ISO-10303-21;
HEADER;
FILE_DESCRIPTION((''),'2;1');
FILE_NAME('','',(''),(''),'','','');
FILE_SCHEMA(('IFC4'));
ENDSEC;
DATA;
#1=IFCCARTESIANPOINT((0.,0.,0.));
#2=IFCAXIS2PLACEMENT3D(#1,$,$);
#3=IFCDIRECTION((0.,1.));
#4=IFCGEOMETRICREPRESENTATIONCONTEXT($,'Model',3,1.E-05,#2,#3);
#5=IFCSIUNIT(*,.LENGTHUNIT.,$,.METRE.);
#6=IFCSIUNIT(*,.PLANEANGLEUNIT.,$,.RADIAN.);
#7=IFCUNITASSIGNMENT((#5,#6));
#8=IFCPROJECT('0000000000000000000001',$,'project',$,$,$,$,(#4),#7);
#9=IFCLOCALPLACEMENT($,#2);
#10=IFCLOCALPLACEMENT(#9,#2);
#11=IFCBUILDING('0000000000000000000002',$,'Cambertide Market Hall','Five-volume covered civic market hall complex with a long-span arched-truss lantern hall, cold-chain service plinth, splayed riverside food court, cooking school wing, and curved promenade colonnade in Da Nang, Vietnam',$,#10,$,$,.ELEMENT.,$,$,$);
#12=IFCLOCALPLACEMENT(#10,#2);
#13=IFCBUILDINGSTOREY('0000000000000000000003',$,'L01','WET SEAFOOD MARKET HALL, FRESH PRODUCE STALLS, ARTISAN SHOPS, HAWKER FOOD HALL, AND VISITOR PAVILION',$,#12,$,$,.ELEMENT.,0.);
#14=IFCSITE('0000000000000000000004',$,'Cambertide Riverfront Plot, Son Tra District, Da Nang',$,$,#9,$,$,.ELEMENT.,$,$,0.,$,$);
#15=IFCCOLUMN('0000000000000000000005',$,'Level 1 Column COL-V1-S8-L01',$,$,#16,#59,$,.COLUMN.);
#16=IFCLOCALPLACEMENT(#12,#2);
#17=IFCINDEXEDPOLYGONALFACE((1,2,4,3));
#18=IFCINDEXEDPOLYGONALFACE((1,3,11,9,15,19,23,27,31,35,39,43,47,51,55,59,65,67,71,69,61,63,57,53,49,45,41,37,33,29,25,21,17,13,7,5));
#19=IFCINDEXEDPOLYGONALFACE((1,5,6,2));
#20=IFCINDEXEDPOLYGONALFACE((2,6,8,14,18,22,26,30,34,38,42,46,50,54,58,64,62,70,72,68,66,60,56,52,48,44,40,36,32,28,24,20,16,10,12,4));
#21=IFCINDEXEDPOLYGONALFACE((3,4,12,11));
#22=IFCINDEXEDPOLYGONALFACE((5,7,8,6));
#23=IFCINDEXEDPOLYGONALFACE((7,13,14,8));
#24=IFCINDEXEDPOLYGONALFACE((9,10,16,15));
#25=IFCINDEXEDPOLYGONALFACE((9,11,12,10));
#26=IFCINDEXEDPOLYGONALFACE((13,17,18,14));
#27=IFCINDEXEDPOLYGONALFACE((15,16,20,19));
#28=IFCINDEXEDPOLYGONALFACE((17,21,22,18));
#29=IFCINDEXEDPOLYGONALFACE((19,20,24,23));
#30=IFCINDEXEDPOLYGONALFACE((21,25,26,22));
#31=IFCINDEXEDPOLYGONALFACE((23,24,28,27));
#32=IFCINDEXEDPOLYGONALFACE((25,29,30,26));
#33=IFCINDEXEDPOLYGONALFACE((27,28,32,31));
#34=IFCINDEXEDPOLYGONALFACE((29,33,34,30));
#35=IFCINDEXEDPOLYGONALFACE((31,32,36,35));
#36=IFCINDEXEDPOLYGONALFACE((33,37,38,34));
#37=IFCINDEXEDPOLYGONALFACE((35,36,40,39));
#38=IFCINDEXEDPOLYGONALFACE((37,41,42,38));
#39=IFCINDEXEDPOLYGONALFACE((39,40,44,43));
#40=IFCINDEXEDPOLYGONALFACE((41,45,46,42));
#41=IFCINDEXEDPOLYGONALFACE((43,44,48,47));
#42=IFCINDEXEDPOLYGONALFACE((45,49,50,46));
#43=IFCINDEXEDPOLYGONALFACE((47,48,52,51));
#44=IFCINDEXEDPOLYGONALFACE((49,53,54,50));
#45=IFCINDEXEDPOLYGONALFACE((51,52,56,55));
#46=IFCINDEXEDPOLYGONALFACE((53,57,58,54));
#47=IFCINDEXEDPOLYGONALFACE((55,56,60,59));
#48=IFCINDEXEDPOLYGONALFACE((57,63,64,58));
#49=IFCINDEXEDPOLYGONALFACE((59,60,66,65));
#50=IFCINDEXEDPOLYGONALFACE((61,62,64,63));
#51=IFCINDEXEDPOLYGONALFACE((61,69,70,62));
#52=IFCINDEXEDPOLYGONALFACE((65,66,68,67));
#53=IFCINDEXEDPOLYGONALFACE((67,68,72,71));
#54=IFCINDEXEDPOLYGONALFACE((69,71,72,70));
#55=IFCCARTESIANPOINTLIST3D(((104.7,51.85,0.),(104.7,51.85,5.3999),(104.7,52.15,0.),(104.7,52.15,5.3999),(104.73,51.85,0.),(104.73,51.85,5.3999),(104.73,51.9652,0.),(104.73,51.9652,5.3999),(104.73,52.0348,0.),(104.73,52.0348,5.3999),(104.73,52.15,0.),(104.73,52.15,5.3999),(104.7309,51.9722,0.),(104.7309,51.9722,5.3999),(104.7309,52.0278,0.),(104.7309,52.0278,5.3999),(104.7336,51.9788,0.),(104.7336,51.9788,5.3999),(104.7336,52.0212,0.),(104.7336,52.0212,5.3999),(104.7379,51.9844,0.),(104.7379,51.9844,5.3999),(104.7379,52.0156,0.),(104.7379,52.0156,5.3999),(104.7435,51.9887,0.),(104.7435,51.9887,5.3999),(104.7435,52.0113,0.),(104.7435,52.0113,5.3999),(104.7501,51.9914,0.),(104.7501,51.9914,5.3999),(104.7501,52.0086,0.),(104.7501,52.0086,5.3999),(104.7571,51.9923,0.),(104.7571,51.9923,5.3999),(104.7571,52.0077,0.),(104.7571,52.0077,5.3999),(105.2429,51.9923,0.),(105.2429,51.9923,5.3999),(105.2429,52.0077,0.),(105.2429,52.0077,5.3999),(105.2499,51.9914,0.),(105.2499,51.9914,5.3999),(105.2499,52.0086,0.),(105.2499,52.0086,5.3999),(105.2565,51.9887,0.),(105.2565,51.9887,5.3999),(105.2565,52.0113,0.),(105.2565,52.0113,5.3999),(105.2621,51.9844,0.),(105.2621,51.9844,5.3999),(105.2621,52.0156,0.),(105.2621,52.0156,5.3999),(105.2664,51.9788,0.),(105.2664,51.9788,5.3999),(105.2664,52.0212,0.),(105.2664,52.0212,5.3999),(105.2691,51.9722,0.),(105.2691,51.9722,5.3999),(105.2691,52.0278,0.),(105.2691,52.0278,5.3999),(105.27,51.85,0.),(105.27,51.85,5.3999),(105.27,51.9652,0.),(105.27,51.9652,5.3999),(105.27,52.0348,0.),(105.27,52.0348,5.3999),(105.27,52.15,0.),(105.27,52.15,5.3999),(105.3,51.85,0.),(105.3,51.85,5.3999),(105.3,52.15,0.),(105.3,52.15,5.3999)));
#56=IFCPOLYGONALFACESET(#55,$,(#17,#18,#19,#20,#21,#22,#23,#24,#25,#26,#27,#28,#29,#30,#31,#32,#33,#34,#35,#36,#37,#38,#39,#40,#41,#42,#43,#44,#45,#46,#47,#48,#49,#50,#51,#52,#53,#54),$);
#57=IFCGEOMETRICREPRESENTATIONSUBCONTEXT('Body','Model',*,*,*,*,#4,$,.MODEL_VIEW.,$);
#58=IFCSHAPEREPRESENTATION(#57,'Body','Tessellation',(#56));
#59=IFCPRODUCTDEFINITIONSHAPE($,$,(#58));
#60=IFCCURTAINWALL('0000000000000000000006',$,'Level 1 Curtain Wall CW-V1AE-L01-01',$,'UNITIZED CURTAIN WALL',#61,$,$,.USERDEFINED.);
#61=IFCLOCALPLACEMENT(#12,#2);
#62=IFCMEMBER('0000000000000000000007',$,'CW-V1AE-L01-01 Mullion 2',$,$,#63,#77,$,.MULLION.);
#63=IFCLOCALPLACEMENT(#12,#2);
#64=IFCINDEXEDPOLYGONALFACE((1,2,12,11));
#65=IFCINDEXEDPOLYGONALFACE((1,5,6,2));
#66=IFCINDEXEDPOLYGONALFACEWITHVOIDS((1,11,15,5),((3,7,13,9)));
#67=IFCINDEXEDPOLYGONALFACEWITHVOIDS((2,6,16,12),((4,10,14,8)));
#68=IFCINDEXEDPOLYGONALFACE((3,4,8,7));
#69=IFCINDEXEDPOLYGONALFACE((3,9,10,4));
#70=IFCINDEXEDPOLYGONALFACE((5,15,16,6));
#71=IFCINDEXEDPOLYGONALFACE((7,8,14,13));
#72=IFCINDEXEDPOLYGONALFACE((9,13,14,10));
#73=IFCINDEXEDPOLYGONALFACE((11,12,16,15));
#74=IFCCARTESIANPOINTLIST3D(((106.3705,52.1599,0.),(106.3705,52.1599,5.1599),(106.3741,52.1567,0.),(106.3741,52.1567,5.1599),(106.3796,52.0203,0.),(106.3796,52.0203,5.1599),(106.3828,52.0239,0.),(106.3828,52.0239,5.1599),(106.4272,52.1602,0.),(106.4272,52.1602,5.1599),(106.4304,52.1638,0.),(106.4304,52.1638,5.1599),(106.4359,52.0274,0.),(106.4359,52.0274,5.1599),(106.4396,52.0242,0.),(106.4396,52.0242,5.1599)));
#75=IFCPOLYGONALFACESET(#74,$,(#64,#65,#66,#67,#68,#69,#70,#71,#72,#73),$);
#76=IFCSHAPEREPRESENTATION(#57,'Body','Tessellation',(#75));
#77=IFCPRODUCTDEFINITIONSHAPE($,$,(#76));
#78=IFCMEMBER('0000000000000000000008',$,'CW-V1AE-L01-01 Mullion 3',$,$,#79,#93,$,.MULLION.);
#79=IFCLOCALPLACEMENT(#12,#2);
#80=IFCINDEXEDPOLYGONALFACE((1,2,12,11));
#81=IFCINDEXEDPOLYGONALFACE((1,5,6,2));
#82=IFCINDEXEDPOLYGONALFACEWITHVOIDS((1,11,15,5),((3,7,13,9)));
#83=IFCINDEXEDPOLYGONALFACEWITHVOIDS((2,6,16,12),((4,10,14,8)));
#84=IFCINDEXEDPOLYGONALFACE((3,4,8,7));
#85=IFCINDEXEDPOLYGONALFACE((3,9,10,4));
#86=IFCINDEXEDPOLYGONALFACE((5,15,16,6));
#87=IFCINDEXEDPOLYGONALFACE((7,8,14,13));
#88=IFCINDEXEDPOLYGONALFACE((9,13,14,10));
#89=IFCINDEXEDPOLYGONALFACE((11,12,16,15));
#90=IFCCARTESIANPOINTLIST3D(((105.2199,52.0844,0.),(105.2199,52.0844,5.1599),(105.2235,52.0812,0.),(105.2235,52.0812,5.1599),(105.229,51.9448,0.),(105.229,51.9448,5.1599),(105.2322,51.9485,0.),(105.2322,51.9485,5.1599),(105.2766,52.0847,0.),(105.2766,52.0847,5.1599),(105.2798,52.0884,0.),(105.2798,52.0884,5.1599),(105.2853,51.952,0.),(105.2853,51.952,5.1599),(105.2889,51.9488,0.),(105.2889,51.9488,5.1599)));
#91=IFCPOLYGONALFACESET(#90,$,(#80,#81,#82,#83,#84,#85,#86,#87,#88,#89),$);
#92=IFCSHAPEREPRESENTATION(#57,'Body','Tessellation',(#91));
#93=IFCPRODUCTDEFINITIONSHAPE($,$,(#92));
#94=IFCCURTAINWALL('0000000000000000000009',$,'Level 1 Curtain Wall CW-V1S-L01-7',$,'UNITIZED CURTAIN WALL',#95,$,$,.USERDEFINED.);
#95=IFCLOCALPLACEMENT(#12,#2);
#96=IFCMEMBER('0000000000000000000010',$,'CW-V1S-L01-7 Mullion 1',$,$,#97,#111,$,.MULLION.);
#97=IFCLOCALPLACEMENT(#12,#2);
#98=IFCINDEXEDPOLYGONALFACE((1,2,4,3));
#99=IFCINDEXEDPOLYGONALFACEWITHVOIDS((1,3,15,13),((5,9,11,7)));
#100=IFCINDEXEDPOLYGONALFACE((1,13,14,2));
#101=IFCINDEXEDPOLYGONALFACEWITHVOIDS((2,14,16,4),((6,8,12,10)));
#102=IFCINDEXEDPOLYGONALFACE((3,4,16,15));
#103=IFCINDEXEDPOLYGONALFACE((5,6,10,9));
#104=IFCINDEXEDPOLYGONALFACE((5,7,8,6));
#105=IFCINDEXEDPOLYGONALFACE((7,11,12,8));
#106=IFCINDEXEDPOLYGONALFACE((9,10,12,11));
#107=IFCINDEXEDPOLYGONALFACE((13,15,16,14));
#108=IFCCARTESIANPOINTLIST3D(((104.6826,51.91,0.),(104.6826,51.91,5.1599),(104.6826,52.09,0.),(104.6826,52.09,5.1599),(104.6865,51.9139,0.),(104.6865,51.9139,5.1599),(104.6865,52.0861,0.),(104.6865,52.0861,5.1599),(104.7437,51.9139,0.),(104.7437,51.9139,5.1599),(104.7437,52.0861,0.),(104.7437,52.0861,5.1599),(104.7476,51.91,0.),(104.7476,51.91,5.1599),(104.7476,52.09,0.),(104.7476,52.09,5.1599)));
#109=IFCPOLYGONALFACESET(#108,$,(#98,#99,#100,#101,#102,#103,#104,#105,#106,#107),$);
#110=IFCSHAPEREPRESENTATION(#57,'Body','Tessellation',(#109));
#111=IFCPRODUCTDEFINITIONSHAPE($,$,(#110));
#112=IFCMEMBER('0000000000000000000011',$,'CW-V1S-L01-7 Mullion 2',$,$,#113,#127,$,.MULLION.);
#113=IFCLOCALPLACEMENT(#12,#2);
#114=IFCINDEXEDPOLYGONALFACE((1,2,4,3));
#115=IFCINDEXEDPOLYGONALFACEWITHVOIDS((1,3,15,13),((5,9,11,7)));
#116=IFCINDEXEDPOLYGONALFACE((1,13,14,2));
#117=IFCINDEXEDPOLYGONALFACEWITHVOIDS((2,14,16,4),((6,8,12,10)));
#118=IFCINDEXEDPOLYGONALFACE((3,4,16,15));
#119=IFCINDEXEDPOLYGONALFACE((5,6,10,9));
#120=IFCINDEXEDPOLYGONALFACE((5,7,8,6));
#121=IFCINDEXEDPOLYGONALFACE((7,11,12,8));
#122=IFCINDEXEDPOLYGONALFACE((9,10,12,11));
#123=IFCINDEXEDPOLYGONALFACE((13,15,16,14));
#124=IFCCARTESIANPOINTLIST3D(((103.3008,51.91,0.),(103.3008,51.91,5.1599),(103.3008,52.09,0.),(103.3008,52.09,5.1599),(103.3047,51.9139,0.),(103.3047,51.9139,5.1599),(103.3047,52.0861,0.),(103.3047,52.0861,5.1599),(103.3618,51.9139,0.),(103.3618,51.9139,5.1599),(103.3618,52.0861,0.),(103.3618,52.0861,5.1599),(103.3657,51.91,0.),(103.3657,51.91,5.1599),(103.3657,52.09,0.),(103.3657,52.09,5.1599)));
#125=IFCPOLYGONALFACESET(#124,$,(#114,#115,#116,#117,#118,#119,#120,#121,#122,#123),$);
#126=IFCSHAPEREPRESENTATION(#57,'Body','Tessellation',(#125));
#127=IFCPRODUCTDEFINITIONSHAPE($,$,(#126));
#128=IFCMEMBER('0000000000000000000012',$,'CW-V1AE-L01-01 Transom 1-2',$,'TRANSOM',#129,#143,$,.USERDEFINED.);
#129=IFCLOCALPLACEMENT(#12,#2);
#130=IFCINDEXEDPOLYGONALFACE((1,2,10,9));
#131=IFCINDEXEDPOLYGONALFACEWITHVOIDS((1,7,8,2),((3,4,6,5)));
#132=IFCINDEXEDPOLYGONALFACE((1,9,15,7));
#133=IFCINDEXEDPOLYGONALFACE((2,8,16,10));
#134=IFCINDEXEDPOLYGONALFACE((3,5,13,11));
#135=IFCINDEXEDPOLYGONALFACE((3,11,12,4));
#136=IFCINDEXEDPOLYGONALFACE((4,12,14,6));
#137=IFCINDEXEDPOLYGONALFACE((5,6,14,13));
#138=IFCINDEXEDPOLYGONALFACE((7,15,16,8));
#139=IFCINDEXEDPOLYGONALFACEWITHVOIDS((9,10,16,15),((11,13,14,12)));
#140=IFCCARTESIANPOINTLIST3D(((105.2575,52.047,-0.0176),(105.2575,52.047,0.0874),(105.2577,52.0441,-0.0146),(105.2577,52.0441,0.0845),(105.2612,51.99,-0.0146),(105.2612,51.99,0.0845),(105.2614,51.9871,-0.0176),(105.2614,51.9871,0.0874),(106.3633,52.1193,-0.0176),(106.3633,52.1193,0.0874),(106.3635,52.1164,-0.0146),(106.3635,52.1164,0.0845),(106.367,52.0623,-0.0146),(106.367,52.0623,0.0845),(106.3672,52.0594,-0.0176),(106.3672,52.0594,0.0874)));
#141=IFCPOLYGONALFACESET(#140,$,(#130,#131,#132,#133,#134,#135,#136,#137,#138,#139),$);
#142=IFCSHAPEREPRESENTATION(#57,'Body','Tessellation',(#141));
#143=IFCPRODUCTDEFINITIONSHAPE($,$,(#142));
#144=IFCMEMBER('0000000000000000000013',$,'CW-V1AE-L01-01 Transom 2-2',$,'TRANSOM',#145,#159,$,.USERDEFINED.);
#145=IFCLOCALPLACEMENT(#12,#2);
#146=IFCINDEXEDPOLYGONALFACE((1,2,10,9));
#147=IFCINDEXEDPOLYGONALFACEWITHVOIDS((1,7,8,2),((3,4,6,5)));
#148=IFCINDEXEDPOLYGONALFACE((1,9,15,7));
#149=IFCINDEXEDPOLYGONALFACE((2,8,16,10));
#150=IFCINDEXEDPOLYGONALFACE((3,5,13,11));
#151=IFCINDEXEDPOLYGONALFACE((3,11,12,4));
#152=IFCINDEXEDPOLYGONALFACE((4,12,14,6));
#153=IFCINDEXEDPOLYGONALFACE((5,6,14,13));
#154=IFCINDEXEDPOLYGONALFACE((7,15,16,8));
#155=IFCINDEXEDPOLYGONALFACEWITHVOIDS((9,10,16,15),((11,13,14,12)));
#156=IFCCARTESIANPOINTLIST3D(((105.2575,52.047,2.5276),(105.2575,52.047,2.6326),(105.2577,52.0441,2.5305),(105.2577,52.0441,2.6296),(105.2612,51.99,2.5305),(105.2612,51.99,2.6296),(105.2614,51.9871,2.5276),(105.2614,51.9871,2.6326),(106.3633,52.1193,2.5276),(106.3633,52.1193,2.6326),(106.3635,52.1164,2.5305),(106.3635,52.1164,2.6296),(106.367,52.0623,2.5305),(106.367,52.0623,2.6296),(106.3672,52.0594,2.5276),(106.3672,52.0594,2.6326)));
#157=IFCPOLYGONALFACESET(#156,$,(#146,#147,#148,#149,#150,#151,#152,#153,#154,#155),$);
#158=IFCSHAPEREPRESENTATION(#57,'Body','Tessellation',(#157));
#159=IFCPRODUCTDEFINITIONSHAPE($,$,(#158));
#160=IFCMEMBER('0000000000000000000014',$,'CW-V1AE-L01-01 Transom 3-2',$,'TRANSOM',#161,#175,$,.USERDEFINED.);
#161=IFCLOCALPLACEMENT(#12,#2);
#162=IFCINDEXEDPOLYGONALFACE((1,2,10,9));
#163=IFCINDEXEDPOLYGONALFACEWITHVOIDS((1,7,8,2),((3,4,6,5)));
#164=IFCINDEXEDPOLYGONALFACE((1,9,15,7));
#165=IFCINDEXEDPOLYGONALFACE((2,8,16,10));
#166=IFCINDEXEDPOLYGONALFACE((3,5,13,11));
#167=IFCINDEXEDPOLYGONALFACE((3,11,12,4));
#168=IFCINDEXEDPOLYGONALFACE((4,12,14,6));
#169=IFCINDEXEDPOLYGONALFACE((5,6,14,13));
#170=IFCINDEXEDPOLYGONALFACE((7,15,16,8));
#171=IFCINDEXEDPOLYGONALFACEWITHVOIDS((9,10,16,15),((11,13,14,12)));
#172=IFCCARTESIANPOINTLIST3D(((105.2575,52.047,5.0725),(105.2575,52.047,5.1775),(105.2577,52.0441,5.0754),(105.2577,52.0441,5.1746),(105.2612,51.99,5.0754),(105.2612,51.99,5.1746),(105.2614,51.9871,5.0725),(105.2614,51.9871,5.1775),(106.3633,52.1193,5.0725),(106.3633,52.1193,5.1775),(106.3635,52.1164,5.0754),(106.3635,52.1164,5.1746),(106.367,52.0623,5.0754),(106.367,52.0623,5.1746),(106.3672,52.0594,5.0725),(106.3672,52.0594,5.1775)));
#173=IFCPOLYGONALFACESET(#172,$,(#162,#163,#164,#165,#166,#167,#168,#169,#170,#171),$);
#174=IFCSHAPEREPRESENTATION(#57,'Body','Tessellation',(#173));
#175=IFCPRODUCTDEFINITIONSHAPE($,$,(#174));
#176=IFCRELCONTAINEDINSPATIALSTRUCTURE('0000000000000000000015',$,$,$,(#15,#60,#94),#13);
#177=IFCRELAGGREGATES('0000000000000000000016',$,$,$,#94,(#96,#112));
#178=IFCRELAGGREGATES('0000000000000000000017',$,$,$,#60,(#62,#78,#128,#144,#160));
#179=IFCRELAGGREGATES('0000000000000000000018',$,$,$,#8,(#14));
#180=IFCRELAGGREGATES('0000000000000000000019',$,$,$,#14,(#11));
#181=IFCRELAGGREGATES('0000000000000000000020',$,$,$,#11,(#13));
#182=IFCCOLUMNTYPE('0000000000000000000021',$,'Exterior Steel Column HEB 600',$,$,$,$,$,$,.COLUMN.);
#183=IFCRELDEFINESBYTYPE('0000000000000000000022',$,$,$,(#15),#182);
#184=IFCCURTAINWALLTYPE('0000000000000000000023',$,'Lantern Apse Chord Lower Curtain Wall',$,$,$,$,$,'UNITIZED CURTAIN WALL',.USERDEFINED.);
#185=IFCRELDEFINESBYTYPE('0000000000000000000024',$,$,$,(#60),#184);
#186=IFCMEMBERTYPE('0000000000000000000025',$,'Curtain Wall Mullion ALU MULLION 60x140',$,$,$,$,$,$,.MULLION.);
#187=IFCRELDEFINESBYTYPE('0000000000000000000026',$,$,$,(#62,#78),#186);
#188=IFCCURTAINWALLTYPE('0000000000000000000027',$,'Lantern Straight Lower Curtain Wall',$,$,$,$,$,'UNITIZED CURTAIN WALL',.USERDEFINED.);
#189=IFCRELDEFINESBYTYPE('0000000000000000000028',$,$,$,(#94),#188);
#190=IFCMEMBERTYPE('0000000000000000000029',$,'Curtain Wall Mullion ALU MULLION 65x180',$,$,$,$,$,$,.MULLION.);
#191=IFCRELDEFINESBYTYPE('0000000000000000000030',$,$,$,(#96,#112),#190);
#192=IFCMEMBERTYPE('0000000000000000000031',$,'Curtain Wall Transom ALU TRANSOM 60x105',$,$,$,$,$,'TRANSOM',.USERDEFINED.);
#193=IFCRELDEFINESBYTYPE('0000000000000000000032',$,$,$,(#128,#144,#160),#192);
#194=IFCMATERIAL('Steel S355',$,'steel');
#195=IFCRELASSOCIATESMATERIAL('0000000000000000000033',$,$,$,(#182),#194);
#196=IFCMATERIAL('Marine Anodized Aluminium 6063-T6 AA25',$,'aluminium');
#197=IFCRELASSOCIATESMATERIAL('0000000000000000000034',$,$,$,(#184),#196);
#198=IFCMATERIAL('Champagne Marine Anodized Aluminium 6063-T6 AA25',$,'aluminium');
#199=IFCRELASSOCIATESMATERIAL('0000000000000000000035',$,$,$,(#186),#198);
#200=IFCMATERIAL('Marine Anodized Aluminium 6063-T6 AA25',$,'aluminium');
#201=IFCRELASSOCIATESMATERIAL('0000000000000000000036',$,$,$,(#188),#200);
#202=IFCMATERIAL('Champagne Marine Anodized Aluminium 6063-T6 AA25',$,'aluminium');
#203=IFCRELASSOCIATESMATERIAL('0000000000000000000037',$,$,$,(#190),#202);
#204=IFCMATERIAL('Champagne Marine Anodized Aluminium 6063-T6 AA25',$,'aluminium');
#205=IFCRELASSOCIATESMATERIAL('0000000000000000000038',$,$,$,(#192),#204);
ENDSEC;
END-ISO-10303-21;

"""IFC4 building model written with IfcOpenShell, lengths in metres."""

from ifc_helpers import new_model, si_unit, direction, frame, origin, origin_2d, place, context, subcontext, project, spatial, hollow_rectangle, i_section, extrude, material, material_profile, profile_set, type_object, element, aggregate, save


model = new_model("IFC4")

# Units and contexts
model_context = context("Model", 3, precision=1e-05, world=origin(), true_north=direction((0.0, 1.0)))
body_context = subcontext(model_context, "Body", "Model", "MODEL_VIEW")
ifc_project = project(units=[si_unit("LENGTHUNIT", "METRE"), si_unit("PLANEANGLEUNIT", "RADIAN")], contexts=[model_context])

# Site, building, storey
site_placement = place(None, origin())
site = spatial("IfcSite", under=ifc_project, at=site_placement, Name="Cambertide Riverfront Plot, Son Tra District, Da Nang", CompositionType="ELEMENT", RefElevation=0.0)
building_placement = place(site_placement, origin())
building = spatial("IfcBuilding", under=site, at=building_placement, Name="Cambertide Market Hall", Description="Five-volume covered civic market hall complex with a long-span arched-truss lantern hall, cold-chain service plinth, splayed riverside food court, cooking school wing, and curved promenade colonnade in Da Nang, Vietnam", CompositionType="ELEMENT")
storey_placement = place(building_placement, origin())
storey = spatial("IfcBuildingStorey", under=building, at=storey_placement, Name="L01", Description="WET SEAFOOD MARKET HALL, FRESH PRODUCE STALLS, ARTISAN SHOPS, HAWKER FOOD HALL, AND VISITOR PAVILION", CompositionType="ELEMENT", Elevation=0.0)

# Column
ifc_material_1 = material(Name="Steel S355", Category="steel")
ifc_material_profile_1 = material_profile(ifc_material_1, i_section(OverallWidth=0.3, OverallDepth=0.6001, WebThickness=0.0154, FlangeThickness=0.03, FilletRadius=0.0271, at=origin_2d()), Name="HEB 600")
ifc_profile_set_1 = profile_set([ifc_material_profile_1], Name="Steel S355")
column_type = type_object("IfcColumnType", Name="Exterior Steel Column HEB 600", PredefinedType="COLUMN", material=ifc_profile_set_1)
column_placement = place(storey_placement, frame((105.0, 52.0, 0.0), z_axis=(0.0, 0.0, 1.0), x_axis=(0.0, 1.0, 0.0)))
element("IfcColumn", 1, at=column_placement, inside=storey, type_object=column_type, Name="Level 1 Column COL-V1-S8-L01", PredefinedType="COLUMN", context=body_context, shape_type="SweptSolid", body=[
    extrude(i_section(OverallWidth=0.3, OverallDepth=0.6001, WebThickness=0.0154, FlangeThickness=0.03, FilletRadius=0.0271, at=origin_2d()), origin(), (0.0, 0.0, 1.0), 5.3999),
])

# Curtain walls, members
ifc_material_2 = material(Name="Marine Anodized Aluminium 6063-T6 AA25", Category="aluminium")
curtain_wall_type_1 = type_object("IfcCurtainWallType", Name="Lantern Apse Chord Lower Curtain Wall", ElementType="UNITIZED CURTAIN WALL", PredefinedType="USERDEFINED", material=ifc_material_2)
curtain_wall_1_placement = place(storey_placement, origin())
curtain_wall_1 = element("IfcCurtainWall", 2, at=curtain_wall_1_placement, inside=storey, type_object=curtain_wall_type_1, Name="Level 1 Curtain Wall CW-V1AE-L01-01", ObjectType="UNITIZED CURTAIN WALL", PredefinedType="USERDEFINED")
ifc_material_3 = material(Name="Champagne Marine Anodized Aluminium 6063-T6 AA25", Category="aluminium")
ifc_material_profile_2 = material_profile(ifc_material_3, hollow_rectangle(XDim=0.0601, YDim=0.1399, WallThickness=0.0034, at=origin_2d()), Name="ALU MULLION 60x140")
ifc_profile_set_2 = profile_set([ifc_material_profile_2], Name="Champagne Marine Anodized Aluminium 6063-T6 AA25")
member_type_1 = type_object("IfcMemberType", Name="Curtain Wall Mullion ALU MULLION 60x140", PredefinedType="MULLION", material=ifc_profile_set_2)
member_1_placement = place(storey_placement, frame((106.405, 52.092, 0.0), z_axis=(0.0, 0.0, 1.0), x_axis=(-0.997859, -0.065403, 0.0)))
member_1 = element("IfcMember", 3, at=member_1_placement, type_object=member_type_1, Name="CW-V1AE-L01-01 Mullion 2", PredefinedType="MULLION", context=body_context, shape_type="SweptSolid", body=[
    extrude(hollow_rectangle(XDim=0.0601, YDim=0.1399, WallThickness=0.0034, at=origin_2d()), origin(), (0.0, 0.0, 1.0), 5.1599),
])
member_2_placement = place(storey_placement, frame((105.2544, 52.0166, 0.0), z_axis=(0.0, 0.0, 1.0), x_axis=(-0.997859, -0.065403, 0.0)))
member_2 = element("IfcMember", 4, at=member_2_placement, type_object=member_type_1, Name="CW-V1AE-L01-01 Mullion 3", PredefinedType="MULLION", context=body_context, shape_type="SweptSolid", body=[
    extrude(hollow_rectangle(XDim=0.0601, YDim=0.1399, WallThickness=0.0034, at=origin_2d()), origin(), (0.0, 0.0, 1.0), 5.1599),
])
ifc_material_4 = material(Name="Marine Anodized Aluminium 6063-T6 AA25", Category="aluminium")
curtain_wall_type_2 = type_object("IfcCurtainWallType", Name="Lantern Straight Lower Curtain Wall", ElementType="UNITIZED CURTAIN WALL", PredefinedType="USERDEFINED", material=ifc_material_4)
curtain_wall_2_placement = place(storey_placement, origin())
curtain_wall_2 = element("IfcCurtainWall", 5, at=curtain_wall_2_placement, inside=storey, type_object=curtain_wall_type_2, Name="Level 1 Curtain Wall CW-V1S-L01-7", ObjectType="UNITIZED CURTAIN WALL", PredefinedType="USERDEFINED")
ifc_material_5 = material(Name="Champagne Marine Anodized Aluminium 6063-T6 AA25", Category="aluminium")
ifc_material_profile_3 = material_profile(ifc_material_5, hollow_rectangle(XDim=0.0649, YDim=0.1799, WallThickness=0.0039, at=origin_2d()), Name="ALU MULLION 65x180")
ifc_profile_set_3 = profile_set([ifc_material_profile_3], Name="Champagne Marine Anodized Aluminium 6063-T6 AA25")
member_type_2 = type_object("IfcMemberType", Name="Curtain Wall Mullion ALU MULLION 65x180", PredefinedType="MULLION", material=ifc_profile_set_3)
member_3_placement = place(storey_placement, frame((104.7151, 52.0, 0.0), z_axis=(0.0, 0.0, 1.0), x_axis=(-1.0, 0.0, 0.0)))
member_3 = element("IfcMember", 6, at=member_3_placement, type_object=member_type_2, Name="CW-V1S-L01-7 Mullion 1", PredefinedType="MULLION", context=body_context, shape_type="SweptSolid", body=[
    extrude(hollow_rectangle(XDim=0.0649, YDim=0.1799, WallThickness=0.0039, at=origin_2d()), origin(), (0.0, 0.0, 1.0), 5.1599),
])
member_4_placement = place(storey_placement, frame((103.3333, 52.0, 0.0), z_axis=(0.0, 0.0, 1.0), x_axis=(-1.0, 0.0, 0.0)))
member_4 = element("IfcMember", 7, at=member_4_placement, type_object=member_type_2, Name="CW-V1S-L01-7 Mullion 2", PredefinedType="MULLION", context=body_context, shape_type="SweptSolid", body=[
    extrude(hollow_rectangle(XDim=0.0649, YDim=0.1799, WallThickness=0.0039, at=origin_2d()), origin(), (0.0, 0.0, 1.0), 5.1599),
])

# Members
ifc_material_6 = material(Name="Champagne Marine Anodized Aluminium 6063-T6 AA25", Category="aluminium")
ifc_material_profile_4 = material_profile(ifc_material_6, hollow_rectangle(XDim=0.0601, YDim=0.105, WallThickness=0.0029, at=origin_2d()), Name="ALU TRANSOM 60x105")
ifc_profile_set_4 = profile_set([ifc_material_profile_4], Name="Champagne Marine Anodized Aluminium 6063-T6 AA25")
member_type_3 = type_object("IfcMemberType", Name="Curtain Wall Transom ALU TRANSOM 60x105", ElementType="TRANSOM", PredefinedType="USERDEFINED", material=ifc_profile_set_4)
member_5_placement = place(storey_placement, frame((106.3652, 52.0894, 0.0349), z_axis=(-0.997871, -0.065217, 0.0), x_axis=(0.065217, -0.997871, 0.0)))
member_5 = element("IfcMember", 8, at=member_5_placement, type_object=member_type_3, Name="CW-V1AE-L01-01 Transom 1-2", ObjectType="TRANSOM", PredefinedType="USERDEFINED", context=body_context, shape_type="SweptSolid", body=[
    extrude(hollow_rectangle(XDim=0.0601, YDim=0.105, WallThickness=0.0029, at=origin_2d()), origin(), (0.0, 0.0, 1.0), 1.1082),
])
member_6_placement = place(storey_placement, frame((106.3652, 52.0894, 2.5801), z_axis=(-0.997871, -0.065217, 0.0), x_axis=(0.065217, -0.997871, 0.0)))
member_6 = element("IfcMember", 9, at=member_6_placement, type_object=member_type_3, Name="CW-V1AE-L01-01 Transom 2-2", ObjectType="TRANSOM", PredefinedType="USERDEFINED", context=body_context, shape_type="SweptSolid", body=[
    extrude(hollow_rectangle(XDim=0.0601, YDim=0.105, WallThickness=0.0029, at=origin_2d()), origin(), (0.0, 0.0, 1.0), 1.1082),
])
member_7_placement = place(storey_placement, frame((106.3652, 52.0894, 5.125), z_axis=(-0.997871, -0.065217, 0.0), x_axis=(0.065217, -0.997871, 0.0)))
member_7 = element("IfcMember", 10, at=member_7_placement, type_object=member_type_3, Name="CW-V1AE-L01-01 Transom 3-2", ObjectType="TRANSOM", PredefinedType="USERDEFINED", context=body_context, shape_type="SweptSolid", body=[
    extrude(hollow_rectangle(XDim=0.0601, YDim=0.105, WallThickness=0.0029, at=origin_2d()), origin(), (0.0, 0.0, 1.0), 1.1082),
])

aggregate(curtain_wall_2, [member_3, member_4])
aggregate(curtain_wall_1, [member_1, member_2, member_5, member_6, member_7])

save(model, "model.ifc")
